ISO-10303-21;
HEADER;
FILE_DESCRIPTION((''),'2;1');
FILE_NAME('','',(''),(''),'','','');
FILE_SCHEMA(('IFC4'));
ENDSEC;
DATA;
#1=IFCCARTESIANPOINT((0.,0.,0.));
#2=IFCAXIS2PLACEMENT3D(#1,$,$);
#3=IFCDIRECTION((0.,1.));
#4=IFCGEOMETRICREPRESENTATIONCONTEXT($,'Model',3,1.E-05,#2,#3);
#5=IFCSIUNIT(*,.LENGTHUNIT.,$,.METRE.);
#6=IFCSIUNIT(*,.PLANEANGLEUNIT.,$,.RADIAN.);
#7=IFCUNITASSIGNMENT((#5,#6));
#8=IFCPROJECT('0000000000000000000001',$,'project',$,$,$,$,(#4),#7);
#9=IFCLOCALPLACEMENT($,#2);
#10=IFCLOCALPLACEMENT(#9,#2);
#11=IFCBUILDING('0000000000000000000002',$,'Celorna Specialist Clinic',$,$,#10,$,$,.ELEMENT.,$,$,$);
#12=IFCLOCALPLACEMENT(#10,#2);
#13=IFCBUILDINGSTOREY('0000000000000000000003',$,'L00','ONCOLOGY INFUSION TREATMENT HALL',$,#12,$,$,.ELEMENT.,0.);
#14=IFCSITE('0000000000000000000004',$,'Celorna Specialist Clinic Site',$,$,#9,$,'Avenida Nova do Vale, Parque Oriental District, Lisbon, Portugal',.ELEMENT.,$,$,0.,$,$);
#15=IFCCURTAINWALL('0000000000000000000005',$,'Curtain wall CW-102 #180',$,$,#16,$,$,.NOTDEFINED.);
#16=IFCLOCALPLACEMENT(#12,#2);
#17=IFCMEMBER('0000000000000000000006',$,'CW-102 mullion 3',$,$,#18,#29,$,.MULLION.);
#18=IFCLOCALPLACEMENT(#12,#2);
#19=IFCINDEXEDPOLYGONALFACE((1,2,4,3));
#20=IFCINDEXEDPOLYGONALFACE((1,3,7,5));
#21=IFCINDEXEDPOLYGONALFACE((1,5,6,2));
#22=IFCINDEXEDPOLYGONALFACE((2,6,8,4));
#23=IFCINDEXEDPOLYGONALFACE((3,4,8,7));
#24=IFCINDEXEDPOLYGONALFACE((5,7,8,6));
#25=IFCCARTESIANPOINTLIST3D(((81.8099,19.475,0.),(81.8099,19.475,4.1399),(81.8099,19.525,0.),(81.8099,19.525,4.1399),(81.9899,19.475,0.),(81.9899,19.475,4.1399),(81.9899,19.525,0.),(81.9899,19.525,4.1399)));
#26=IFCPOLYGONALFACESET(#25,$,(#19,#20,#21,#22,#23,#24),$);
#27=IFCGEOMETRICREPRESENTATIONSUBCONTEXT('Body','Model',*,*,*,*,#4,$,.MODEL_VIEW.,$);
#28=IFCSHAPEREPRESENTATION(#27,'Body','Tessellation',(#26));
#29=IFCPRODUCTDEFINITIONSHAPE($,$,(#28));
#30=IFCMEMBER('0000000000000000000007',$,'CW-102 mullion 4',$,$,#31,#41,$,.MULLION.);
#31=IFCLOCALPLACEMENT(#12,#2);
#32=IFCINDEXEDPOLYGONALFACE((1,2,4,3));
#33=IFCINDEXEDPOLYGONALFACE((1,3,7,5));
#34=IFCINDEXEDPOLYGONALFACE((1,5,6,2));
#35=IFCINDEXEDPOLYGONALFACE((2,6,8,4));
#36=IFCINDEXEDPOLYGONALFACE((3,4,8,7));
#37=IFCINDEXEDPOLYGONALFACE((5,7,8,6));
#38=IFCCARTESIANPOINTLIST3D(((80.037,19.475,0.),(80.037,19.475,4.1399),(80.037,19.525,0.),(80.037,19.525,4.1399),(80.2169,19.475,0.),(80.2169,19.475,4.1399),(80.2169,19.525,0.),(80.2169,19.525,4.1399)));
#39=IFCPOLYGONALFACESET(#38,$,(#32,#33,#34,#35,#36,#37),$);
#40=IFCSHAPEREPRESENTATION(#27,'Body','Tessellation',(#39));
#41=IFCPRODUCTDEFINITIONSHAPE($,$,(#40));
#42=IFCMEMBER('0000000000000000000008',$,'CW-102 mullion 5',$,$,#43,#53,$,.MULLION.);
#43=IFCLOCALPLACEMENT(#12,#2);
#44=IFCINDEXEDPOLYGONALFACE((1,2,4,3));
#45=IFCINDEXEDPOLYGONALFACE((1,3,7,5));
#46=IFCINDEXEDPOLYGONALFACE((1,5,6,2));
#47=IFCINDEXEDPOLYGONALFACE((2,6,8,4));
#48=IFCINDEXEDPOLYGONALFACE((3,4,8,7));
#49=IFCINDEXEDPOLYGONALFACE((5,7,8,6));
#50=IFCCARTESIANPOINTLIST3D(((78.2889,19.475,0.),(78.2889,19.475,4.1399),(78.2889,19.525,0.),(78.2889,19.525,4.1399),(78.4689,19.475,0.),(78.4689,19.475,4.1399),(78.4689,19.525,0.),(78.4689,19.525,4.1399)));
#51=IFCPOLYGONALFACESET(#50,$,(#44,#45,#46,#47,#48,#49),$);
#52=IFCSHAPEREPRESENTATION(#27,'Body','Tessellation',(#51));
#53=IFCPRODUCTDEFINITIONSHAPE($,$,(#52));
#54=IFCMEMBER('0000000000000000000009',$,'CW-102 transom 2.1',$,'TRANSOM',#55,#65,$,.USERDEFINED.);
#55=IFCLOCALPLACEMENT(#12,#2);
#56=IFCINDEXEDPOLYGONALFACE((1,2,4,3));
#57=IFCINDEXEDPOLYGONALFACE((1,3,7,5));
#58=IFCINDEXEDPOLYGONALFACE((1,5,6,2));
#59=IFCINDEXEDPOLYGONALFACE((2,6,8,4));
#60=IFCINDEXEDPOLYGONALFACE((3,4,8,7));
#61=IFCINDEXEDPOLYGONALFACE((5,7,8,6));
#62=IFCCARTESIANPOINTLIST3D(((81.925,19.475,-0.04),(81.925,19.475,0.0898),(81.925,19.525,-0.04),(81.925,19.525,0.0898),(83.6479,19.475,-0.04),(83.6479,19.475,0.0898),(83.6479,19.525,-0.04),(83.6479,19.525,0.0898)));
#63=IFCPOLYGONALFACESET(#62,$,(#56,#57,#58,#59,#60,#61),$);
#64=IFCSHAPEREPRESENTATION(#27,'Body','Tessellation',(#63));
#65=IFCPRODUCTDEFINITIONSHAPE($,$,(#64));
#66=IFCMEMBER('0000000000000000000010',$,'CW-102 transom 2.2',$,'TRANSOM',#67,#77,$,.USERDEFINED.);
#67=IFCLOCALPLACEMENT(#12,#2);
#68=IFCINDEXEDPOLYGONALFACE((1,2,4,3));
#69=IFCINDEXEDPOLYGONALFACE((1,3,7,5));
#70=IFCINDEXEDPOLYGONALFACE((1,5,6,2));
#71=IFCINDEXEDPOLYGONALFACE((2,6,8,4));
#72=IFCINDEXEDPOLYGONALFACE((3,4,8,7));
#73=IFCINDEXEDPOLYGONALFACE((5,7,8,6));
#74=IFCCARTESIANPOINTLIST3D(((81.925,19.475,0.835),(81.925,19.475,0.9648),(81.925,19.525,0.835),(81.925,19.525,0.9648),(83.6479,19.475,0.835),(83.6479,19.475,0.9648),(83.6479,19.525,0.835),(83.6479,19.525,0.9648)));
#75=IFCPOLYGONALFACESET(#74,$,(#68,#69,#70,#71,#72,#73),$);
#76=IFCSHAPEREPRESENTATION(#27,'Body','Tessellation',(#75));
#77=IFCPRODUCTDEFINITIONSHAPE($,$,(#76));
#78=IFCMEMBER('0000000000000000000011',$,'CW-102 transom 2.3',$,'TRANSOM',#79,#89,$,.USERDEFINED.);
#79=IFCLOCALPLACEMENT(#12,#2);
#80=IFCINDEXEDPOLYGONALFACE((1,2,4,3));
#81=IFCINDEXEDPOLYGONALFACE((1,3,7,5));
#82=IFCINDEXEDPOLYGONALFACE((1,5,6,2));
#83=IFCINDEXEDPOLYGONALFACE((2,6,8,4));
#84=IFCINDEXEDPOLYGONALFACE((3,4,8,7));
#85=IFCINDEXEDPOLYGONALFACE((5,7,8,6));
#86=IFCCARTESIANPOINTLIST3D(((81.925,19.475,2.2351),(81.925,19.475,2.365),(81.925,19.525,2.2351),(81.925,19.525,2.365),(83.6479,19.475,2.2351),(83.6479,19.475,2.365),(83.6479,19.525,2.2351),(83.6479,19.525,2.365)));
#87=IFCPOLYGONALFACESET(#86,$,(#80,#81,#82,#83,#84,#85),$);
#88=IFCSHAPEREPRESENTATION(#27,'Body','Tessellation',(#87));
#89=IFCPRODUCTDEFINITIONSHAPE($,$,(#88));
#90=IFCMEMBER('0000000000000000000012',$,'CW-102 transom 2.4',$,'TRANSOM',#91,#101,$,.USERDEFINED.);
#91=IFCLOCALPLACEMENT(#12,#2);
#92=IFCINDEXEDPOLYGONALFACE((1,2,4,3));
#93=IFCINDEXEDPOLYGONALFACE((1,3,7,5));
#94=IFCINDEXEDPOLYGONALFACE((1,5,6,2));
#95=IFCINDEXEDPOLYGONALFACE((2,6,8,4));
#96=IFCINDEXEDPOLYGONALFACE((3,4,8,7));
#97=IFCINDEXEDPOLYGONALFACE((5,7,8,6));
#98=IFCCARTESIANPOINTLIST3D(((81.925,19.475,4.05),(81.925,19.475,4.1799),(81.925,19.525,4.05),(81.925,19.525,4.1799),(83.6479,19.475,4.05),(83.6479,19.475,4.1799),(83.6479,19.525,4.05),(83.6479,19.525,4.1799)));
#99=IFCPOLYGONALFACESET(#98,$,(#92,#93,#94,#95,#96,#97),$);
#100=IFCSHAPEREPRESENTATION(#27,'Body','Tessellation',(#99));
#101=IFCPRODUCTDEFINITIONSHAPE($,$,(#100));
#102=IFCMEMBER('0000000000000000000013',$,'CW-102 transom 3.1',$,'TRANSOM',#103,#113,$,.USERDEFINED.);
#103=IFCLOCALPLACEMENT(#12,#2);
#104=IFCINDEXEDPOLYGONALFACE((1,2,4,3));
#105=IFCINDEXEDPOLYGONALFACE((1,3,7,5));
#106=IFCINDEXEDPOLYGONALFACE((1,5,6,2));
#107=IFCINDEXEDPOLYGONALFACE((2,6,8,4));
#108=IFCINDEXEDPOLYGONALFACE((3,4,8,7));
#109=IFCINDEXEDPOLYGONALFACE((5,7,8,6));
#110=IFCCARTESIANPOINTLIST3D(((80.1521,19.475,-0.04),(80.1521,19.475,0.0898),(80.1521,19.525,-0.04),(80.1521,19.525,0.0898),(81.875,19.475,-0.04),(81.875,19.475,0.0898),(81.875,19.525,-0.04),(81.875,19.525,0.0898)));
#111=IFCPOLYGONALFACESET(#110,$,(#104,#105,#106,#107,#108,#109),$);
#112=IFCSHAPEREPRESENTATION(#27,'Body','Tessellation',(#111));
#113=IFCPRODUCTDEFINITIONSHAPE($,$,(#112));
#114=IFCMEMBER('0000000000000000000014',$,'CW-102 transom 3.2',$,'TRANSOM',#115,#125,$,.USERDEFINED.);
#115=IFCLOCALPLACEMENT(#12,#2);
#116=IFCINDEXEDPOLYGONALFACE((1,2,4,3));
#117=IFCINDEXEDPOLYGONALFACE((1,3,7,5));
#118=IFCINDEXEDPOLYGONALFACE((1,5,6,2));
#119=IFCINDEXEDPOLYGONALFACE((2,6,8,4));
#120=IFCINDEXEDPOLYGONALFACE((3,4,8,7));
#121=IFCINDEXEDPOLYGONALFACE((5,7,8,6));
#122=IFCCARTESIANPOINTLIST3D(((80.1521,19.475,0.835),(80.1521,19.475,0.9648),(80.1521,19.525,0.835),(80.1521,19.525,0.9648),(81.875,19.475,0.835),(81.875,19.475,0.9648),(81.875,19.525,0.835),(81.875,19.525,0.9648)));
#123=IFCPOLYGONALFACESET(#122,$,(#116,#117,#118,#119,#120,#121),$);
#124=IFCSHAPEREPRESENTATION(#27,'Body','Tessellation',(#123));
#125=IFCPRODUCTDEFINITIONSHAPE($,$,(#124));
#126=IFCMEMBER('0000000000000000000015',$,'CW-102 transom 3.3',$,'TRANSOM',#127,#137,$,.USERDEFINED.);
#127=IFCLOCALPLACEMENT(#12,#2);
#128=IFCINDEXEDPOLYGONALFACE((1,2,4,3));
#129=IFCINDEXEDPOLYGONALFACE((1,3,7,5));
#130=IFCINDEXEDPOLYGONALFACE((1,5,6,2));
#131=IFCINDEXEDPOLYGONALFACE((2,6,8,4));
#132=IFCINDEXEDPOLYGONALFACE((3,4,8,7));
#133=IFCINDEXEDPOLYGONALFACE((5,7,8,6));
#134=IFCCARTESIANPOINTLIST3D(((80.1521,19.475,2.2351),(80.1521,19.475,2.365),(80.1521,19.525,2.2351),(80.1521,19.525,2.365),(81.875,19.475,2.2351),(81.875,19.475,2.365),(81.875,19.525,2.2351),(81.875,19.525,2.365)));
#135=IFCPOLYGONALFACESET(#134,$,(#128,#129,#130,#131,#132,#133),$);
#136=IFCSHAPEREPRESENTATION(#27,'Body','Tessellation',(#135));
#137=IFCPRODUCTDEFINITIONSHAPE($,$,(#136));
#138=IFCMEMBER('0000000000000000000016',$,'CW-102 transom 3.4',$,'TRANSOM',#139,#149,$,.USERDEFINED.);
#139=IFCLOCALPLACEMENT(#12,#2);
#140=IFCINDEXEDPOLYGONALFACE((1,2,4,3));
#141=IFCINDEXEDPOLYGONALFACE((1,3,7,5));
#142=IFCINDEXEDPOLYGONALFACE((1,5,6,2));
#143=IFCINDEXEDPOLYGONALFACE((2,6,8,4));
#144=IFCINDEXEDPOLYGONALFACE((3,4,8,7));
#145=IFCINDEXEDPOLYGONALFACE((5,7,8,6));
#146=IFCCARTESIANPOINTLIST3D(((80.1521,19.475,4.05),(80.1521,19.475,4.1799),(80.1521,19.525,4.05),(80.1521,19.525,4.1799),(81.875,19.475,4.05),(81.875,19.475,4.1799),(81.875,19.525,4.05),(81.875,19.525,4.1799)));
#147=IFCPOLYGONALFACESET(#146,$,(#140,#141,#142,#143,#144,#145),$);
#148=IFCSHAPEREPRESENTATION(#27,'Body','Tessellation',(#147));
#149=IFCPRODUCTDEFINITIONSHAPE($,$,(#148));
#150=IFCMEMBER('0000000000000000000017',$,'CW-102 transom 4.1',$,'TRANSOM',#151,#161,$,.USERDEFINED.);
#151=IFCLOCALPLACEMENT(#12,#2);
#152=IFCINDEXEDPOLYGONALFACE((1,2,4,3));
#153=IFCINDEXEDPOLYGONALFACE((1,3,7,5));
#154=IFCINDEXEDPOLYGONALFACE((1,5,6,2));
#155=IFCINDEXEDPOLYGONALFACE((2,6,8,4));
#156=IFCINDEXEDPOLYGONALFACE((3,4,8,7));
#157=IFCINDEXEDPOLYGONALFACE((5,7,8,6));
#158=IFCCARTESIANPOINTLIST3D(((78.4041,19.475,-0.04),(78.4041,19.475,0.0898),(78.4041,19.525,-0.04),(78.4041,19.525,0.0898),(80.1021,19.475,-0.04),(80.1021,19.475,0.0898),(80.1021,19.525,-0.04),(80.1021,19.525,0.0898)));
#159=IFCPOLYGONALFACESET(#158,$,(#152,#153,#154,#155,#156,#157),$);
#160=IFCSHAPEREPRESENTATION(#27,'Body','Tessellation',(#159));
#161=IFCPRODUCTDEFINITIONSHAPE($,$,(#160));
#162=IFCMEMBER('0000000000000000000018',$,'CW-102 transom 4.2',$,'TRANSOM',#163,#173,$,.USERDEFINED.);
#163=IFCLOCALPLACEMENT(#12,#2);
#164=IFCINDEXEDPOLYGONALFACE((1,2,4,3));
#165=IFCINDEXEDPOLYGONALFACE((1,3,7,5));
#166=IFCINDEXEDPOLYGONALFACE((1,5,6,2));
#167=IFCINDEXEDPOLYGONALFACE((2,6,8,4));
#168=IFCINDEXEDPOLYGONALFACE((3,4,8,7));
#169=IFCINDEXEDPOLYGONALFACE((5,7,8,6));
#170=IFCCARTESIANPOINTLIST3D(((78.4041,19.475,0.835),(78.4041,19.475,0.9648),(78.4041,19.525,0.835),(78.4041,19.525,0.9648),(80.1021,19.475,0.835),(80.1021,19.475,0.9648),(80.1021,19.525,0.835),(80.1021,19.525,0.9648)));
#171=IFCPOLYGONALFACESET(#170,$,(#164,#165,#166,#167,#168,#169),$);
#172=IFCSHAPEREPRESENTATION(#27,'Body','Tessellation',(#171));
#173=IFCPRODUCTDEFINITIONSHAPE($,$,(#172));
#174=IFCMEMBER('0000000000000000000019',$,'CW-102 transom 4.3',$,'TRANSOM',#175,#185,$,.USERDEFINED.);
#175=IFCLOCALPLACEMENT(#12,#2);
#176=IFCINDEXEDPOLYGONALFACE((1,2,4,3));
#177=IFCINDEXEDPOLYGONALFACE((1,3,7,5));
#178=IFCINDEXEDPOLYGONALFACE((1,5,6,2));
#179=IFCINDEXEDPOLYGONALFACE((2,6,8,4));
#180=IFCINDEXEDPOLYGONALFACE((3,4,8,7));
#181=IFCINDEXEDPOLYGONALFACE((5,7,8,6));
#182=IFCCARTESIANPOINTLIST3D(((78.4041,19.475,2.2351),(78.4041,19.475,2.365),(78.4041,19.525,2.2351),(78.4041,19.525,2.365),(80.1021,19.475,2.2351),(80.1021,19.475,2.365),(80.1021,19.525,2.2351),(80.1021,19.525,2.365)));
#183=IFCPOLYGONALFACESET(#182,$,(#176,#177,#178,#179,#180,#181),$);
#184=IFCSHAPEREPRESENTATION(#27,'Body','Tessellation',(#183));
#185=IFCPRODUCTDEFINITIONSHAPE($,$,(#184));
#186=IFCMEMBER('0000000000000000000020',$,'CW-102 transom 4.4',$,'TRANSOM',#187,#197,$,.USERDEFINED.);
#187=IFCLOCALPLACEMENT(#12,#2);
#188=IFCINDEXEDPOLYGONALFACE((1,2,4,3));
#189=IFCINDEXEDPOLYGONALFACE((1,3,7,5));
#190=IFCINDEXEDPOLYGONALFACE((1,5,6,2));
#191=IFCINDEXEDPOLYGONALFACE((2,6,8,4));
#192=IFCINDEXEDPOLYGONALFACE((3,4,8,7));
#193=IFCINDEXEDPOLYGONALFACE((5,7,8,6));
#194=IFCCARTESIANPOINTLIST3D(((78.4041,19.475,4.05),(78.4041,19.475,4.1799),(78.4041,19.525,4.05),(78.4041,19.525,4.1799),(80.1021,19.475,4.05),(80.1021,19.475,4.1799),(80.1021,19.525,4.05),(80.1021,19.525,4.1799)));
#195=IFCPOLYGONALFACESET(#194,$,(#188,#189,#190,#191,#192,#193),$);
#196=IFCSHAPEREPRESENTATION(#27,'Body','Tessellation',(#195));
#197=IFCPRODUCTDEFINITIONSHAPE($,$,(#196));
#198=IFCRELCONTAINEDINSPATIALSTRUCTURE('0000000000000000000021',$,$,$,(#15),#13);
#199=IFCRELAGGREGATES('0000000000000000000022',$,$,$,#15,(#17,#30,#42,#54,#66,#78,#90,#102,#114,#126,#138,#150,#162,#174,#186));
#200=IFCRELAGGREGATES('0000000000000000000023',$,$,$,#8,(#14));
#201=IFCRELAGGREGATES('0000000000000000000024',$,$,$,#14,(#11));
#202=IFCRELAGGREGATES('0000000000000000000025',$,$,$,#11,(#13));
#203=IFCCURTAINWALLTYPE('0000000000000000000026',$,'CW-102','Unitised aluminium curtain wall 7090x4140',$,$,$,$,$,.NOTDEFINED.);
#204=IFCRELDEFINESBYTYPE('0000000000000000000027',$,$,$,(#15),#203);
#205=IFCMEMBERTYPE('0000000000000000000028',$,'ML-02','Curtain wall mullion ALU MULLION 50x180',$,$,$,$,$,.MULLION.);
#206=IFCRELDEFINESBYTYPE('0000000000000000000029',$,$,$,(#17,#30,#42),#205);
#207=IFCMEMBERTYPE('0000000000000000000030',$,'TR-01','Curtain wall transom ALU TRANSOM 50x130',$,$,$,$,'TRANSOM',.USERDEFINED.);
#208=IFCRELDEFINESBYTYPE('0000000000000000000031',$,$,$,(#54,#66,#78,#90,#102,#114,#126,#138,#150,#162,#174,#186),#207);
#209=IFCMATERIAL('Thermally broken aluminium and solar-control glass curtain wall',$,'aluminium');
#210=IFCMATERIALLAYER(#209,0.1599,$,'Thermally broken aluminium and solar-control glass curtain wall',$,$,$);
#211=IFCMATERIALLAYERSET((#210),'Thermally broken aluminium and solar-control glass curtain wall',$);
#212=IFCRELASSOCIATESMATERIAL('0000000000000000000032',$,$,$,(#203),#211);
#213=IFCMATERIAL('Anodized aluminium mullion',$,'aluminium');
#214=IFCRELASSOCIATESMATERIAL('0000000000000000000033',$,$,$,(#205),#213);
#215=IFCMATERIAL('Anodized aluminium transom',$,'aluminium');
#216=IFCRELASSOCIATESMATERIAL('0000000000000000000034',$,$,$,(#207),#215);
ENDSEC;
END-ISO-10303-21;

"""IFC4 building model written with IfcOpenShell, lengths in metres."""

from ifc_helpers import new_model, si_unit, direction, frame, origin, origin_2d, place, context, subcontext, project, spatial, rectangle, extrude, material, layer, layer_set, material_profile, profile_set, type_object, element, aggregate, save


model = new_model("IFC4")

# Units and contexts
model_context = context("Model", 3, precision=1e-05, world=origin(), true_north=direction((0.0, 1.0)))
body_context = subcontext(model_context, "Body", "Model", "MODEL_VIEW")
ifc_project = project(units=[si_unit("LENGTHUNIT", "METRE"), si_unit("PLANEANGLEUNIT", "RADIAN")], contexts=[model_context])

# Site, building, storey
site_placement = place(None, origin())
site = spatial("IfcSite", under=ifc_project, at=site_placement, Name="Celorna Specialist Clinic Site", LongName="Avenida Nova do Vale, Parque Oriental District, Lisbon, Portugal", CompositionType="ELEMENT", RefElevation=0.0)
building_placement = place(site_placement, origin())
building = spatial("IfcBuilding", under=site, at=building_placement, Name="Celorna Specialist Clinic", CompositionType="ELEMENT")
storey_placement = place(building_placement, origin())
storey = spatial("IfcBuildingStorey", under=building, at=storey_placement, Name="L00", Description="ONCOLOGY INFUSION TREATMENT HALL", CompositionType="ELEMENT", Elevation=0.0)

# Curtain wall, members
ifc_material_1 = material(Name="Thermally broken aluminium and solar-control glass curtain wall", Category="aluminium")
ifc_layer_1 = layer(ifc_material_1, 0.1599, Name="Thermally broken aluminium and solar-control glass curtain wall")
ifc_layer_set_1 = layer_set([ifc_layer_1], Name="Thermally broken aluminium and solar-control glass curtain wall")
curtain_wall_type = type_object("IfcCurtainWallType", Name="CW-102", Description="Unitised aluminium curtain wall 7090x4140", PredefinedType="NOTDEFINED", material=ifc_layer_set_1)
curtain_wall_placement = place(storey_placement, origin())
curtain_wall = element("IfcCurtainWall", 1, at=curtain_wall_placement, inside=storey, type_object=curtain_wall_type, Name="Curtain wall CW-102 #180", PredefinedType="NOTDEFINED")
ifc_material_2 = material(Name="Anodized aluminium mullion", Category="aluminium")
ifc_material_profile_1 = material_profile(ifc_material_2, rectangle(XDim=0.05, YDim=0.1799, at=origin_2d()), Name="ALU MULLION 50x180")
ifc_profile_set_1 = profile_set([ifc_material_profile_1], Name="Anodized aluminium mullion")
member_type_1 = type_object("IfcMemberType", Name="ML-02", Description="Curtain wall mullion ALU MULLION 50x180", PredefinedType="MULLION", material=ifc_profile_set_1)
member_1_placement = place(storey_placement, frame((81.8999, 19.5, 0.0), z_axis=(0.0, 0.0, 1.0), x_axis=(0.0, -1.0, 0.0)))
member_1 = element("IfcMember", 2, at=member_1_placement, type_object=member_type_1, Name="CW-102 mullion 3", PredefinedType="MULLION", context=body_context, shape_type="SweptSolid", body=[
    extrude(rectangle(XDim=0.05, YDim=0.1799, at=origin_2d()), origin(), (0.0, 0.0, 1.0), 4.1399),
])
member_2_placement = place(storey_placement, frame((80.127, 19.5, 0.0), z_axis=(0.0, 0.0, 1.0), x_axis=(0.0, -1.0, 0.0)))
member_2 = element("IfcMember", 3, at=member_2_placement, type_object=member_type_1, Name="CW-102 mullion 4", PredefinedType="MULLION", context=body_context, shape_type="SweptSolid", body=[
    extrude(rectangle(XDim=0.05, YDim=0.1799, at=origin_2d()), origin(), (0.0, 0.0, 1.0), 4.1399),
])
member_3_placement = place(storey_placement, frame((78.3789, 19.5, 0.0), z_axis=(0.0, 0.0, 1.0), x_axis=(0.0, -1.0, 0.0)))
member_3 = element("IfcMember", 4, at=member_3_placement, type_object=member_type_1, Name="CW-102 mullion 5", PredefinedType="MULLION", context=body_context, shape_type="SweptSolid", body=[
    extrude(rectangle(XDim=0.05, YDim=0.1799, at=origin_2d()), origin(), (0.0, 0.0, 1.0), 4.1399),
])
ifc_material_3 = material(Name="Anodized aluminium transom", Category="aluminium")
ifc_material_profile_2 = material_profile(ifc_material_3, rectangle(XDim=0.05, YDim=0.1299, at=origin_2d()), Name="ALU TRANSOM 50x130")
ifc_profile_set_2 = profile_set([ifc_material_profile_2], Name="Anodized aluminium transom")
member_type_2 = type_object("IfcMemberType", Name="TR-01", Description="Curtain wall transom ALU TRANSOM 50x130", ElementType="TRANSOM", PredefinedType="USERDEFINED", material=ifc_profile_set_2)
member_4_placement = place(storey_placement, frame((83.6479, 19.5, 0.0249), z_axis=(-1.0, 0.0, 0.0), x_axis=(0.0, -1.0, 0.0)))
member_4 = element("IfcMember", 5, at=member_4_placement, type_object=member_type_2, Name="CW-102 transom 2.1", ObjectType="TRANSOM", PredefinedType="USERDEFINED", context=body_context, shape_type="SweptSolid", body=[
    extrude(rectangle(XDim=0.05, YDim=0.1299, at=origin_2d()), origin(), (0.0, 0.0, 1.0), 1.7229),
])
member_5_placement = place(storey_placement, frame((83.6479, 19.5, 0.8999), z_axis=(-1.0, 0.0, 0.0), x_axis=(0.0, -1.0, 0.0)))
member_5 = element("IfcMember", 6, at=member_5_placement, type_object=member_type_2, Name="CW-102 transom 2.2", ObjectType="TRANSOM", PredefinedType="USERDEFINED", context=body_context, shape_type="SweptSolid", body=[
    extrude(rectangle(XDim=0.05, YDim=0.1299, at=origin_2d()), origin(), (0.0, 0.0, 1.0), 1.7229),
])
member_6_placement = place(storey_placement, frame((83.6479, 19.5, 2.3), z_axis=(-1.0, 0.0, 0.0), x_axis=(0.0, -1.0, 0.0)))
member_6 = element("IfcMember", 7, at=member_6_placement, type_object=member_type_2, Name="CW-102 transom 2.3", ObjectType="TRANSOM", PredefinedType="USERDEFINED", context=body_context, shape_type="SweptSolid", body=[
    extrude(rectangle(XDim=0.05, YDim=0.1299, at=origin_2d()), origin(), (0.0, 0.0, 1.0), 1.7229),
])
member_7_placement = place(storey_placement, frame((83.6479, 19.5, 4.115), z_axis=(-1.0, 0.0, 0.0), x_axis=(0.0, -1.0, 0.0)))
member_7 = element("IfcMember", 8, at=member_7_placement, type_object=member_type_2, Name="CW-102 transom 2.4", ObjectType="TRANSOM", PredefinedType="USERDEFINED", context=body_context, shape_type="SweptSolid", body=[
    extrude(rectangle(XDim=0.05, YDim=0.1299, at=origin_2d()), origin(), (0.0, 0.0, 1.0), 1.7229),
])
member_8_placement = place(storey_placement, frame((81.875, 19.5, 0.0249), z_axis=(-1.0, 0.0, 0.0), x_axis=(0.0, -1.0, 0.0)))
member_8 = element("IfcMember", 9, at=member_8_placement, type_object=member_type_2, Name="CW-102 transom 3.1", ObjectType="TRANSOM", PredefinedType="USERDEFINED", context=body_context, shape_type="SweptSolid", body=[
    extrude(rectangle(XDim=0.05, YDim=0.1299, at=origin_2d()), origin(), (0.0, 0.0, 1.0), 1.7229),
])
member_9_placement = place(storey_placement, frame((81.875, 19.5, 0.8999), z_axis=(-1.0, 0.0, 0.0), x_axis=(0.0, -1.0, 0.0)))
member_9 = element("IfcMember", 10, at=member_9_placement, type_object=member_type_2, Name="CW-102 transom 3.2", ObjectType="TRANSOM", PredefinedType="USERDEFINED", context=body_context, shape_type="SweptSolid", body=[
    extrude(rectangle(XDim=0.05, YDim=0.1299, at=origin_2d()), origin(), (0.0, 0.0, 1.0), 1.7229),
])
member_10_placement = place(storey_placement, frame((81.875, 19.5, 2.3), z_axis=(-1.0, 0.0, 0.0), x_axis=(0.0, -1.0, 0.0)))
member_10 = element("IfcMember", 11, at=member_10_placement, type_object=member_type_2, Name="CW-102 transom 3.3", ObjectType="TRANSOM", PredefinedType="USERDEFINED", context=body_context, shape_type="SweptSolid", body=[
    extrude(rectangle(XDim=0.05, YDim=0.1299, at=origin_2d()), origin(), (0.0, 0.0, 1.0), 1.7229),
])
member_11_placement = place(storey_placement, frame((81.875, 19.5, 4.115), z_axis=(-1.0, 0.0, 0.0), x_axis=(0.0, -1.0, 0.0)))
member_11 = element("IfcMember", 12, at=member_11_placement, type_object=member_type_2, Name="CW-102 transom 3.4", ObjectType="TRANSOM", PredefinedType="USERDEFINED", context=body_context, shape_type="SweptSolid", body=[
    extrude(rectangle(XDim=0.05, YDim=0.1299, at=origin_2d()), origin(), (0.0, 0.0, 1.0), 1.7229),
])
member_12_placement = place(storey_placement, frame((80.1021, 19.5, 0.0249), z_axis=(-1.0, 0.0, 0.0), x_axis=(0.0, -1.0, 0.0)))
member_12 = element("IfcMember", 13, at=member_12_placement, type_object=member_type_2, Name="CW-102 transom 4.1", ObjectType="TRANSOM", PredefinedType="USERDEFINED", context=body_context, shape_type="SweptSolid", body=[
    extrude(rectangle(XDim=0.05, YDim=0.1299, at=origin_2d()), origin(), (0.0, 0.0, 1.0), 1.698),
])
member_13_placement = place(storey_placement, frame((80.1021, 19.5, 0.8999), z_axis=(-1.0, 0.0, 0.0), x_axis=(0.0, -1.0, 0.0)))
member_13 = element("IfcMember", 14, at=member_13_placement, type_object=member_type_2, Name="CW-102 transom 4.2", ObjectType="TRANSOM", PredefinedType="USERDEFINED", context=body_context, shape_type="SweptSolid", body=[
    extrude(rectangle(XDim=0.05, YDim=0.1299, at=origin_2d()), origin(), (0.0, 0.0, 1.0), 1.698),
])
member_14_placement = place(storey_placement, frame((80.1021, 19.5, 2.3), z_axis=(-1.0, 0.0, 0.0), x_axis=(0.0, -1.0, 0.0)))
member_14 = element("IfcMember", 15, at=member_14_placement, type_object=member_type_2, Name="CW-102 transom 4.3", ObjectType="TRANSOM", PredefinedType="USERDEFINED", context=body_context, shape_type="SweptSolid", body=[
    extrude(rectangle(XDim=0.05, YDim=0.1299, at=origin_2d()), origin(), (0.0, 0.0, 1.0), 1.698),
])
member_15_placement = place(storey_placement, frame((80.1021, 19.5, 4.115), z_axis=(-1.0, 0.0, 0.0), x_axis=(0.0, -1.0, 0.0)))
member_15 = element("IfcMember", 16, at=member_15_placement, type_object=member_type_2, Name="CW-102 transom 4.4", ObjectType="TRANSOM", PredefinedType="USERDEFINED", context=body_context, shape_type="SweptSolid", body=[
    extrude(rectangle(XDim=0.05, YDim=0.1299, at=origin_2d()), origin(), (0.0, 0.0, 1.0), 1.698),
])
aggregate(curtain_wall, [member_1, member_2, member_3, member_4, member_5, member_6, member_7, member_8, member_9, member_10, member_11, member_12, member_13, member_14, member_15])

save(model, "model.ifc")
